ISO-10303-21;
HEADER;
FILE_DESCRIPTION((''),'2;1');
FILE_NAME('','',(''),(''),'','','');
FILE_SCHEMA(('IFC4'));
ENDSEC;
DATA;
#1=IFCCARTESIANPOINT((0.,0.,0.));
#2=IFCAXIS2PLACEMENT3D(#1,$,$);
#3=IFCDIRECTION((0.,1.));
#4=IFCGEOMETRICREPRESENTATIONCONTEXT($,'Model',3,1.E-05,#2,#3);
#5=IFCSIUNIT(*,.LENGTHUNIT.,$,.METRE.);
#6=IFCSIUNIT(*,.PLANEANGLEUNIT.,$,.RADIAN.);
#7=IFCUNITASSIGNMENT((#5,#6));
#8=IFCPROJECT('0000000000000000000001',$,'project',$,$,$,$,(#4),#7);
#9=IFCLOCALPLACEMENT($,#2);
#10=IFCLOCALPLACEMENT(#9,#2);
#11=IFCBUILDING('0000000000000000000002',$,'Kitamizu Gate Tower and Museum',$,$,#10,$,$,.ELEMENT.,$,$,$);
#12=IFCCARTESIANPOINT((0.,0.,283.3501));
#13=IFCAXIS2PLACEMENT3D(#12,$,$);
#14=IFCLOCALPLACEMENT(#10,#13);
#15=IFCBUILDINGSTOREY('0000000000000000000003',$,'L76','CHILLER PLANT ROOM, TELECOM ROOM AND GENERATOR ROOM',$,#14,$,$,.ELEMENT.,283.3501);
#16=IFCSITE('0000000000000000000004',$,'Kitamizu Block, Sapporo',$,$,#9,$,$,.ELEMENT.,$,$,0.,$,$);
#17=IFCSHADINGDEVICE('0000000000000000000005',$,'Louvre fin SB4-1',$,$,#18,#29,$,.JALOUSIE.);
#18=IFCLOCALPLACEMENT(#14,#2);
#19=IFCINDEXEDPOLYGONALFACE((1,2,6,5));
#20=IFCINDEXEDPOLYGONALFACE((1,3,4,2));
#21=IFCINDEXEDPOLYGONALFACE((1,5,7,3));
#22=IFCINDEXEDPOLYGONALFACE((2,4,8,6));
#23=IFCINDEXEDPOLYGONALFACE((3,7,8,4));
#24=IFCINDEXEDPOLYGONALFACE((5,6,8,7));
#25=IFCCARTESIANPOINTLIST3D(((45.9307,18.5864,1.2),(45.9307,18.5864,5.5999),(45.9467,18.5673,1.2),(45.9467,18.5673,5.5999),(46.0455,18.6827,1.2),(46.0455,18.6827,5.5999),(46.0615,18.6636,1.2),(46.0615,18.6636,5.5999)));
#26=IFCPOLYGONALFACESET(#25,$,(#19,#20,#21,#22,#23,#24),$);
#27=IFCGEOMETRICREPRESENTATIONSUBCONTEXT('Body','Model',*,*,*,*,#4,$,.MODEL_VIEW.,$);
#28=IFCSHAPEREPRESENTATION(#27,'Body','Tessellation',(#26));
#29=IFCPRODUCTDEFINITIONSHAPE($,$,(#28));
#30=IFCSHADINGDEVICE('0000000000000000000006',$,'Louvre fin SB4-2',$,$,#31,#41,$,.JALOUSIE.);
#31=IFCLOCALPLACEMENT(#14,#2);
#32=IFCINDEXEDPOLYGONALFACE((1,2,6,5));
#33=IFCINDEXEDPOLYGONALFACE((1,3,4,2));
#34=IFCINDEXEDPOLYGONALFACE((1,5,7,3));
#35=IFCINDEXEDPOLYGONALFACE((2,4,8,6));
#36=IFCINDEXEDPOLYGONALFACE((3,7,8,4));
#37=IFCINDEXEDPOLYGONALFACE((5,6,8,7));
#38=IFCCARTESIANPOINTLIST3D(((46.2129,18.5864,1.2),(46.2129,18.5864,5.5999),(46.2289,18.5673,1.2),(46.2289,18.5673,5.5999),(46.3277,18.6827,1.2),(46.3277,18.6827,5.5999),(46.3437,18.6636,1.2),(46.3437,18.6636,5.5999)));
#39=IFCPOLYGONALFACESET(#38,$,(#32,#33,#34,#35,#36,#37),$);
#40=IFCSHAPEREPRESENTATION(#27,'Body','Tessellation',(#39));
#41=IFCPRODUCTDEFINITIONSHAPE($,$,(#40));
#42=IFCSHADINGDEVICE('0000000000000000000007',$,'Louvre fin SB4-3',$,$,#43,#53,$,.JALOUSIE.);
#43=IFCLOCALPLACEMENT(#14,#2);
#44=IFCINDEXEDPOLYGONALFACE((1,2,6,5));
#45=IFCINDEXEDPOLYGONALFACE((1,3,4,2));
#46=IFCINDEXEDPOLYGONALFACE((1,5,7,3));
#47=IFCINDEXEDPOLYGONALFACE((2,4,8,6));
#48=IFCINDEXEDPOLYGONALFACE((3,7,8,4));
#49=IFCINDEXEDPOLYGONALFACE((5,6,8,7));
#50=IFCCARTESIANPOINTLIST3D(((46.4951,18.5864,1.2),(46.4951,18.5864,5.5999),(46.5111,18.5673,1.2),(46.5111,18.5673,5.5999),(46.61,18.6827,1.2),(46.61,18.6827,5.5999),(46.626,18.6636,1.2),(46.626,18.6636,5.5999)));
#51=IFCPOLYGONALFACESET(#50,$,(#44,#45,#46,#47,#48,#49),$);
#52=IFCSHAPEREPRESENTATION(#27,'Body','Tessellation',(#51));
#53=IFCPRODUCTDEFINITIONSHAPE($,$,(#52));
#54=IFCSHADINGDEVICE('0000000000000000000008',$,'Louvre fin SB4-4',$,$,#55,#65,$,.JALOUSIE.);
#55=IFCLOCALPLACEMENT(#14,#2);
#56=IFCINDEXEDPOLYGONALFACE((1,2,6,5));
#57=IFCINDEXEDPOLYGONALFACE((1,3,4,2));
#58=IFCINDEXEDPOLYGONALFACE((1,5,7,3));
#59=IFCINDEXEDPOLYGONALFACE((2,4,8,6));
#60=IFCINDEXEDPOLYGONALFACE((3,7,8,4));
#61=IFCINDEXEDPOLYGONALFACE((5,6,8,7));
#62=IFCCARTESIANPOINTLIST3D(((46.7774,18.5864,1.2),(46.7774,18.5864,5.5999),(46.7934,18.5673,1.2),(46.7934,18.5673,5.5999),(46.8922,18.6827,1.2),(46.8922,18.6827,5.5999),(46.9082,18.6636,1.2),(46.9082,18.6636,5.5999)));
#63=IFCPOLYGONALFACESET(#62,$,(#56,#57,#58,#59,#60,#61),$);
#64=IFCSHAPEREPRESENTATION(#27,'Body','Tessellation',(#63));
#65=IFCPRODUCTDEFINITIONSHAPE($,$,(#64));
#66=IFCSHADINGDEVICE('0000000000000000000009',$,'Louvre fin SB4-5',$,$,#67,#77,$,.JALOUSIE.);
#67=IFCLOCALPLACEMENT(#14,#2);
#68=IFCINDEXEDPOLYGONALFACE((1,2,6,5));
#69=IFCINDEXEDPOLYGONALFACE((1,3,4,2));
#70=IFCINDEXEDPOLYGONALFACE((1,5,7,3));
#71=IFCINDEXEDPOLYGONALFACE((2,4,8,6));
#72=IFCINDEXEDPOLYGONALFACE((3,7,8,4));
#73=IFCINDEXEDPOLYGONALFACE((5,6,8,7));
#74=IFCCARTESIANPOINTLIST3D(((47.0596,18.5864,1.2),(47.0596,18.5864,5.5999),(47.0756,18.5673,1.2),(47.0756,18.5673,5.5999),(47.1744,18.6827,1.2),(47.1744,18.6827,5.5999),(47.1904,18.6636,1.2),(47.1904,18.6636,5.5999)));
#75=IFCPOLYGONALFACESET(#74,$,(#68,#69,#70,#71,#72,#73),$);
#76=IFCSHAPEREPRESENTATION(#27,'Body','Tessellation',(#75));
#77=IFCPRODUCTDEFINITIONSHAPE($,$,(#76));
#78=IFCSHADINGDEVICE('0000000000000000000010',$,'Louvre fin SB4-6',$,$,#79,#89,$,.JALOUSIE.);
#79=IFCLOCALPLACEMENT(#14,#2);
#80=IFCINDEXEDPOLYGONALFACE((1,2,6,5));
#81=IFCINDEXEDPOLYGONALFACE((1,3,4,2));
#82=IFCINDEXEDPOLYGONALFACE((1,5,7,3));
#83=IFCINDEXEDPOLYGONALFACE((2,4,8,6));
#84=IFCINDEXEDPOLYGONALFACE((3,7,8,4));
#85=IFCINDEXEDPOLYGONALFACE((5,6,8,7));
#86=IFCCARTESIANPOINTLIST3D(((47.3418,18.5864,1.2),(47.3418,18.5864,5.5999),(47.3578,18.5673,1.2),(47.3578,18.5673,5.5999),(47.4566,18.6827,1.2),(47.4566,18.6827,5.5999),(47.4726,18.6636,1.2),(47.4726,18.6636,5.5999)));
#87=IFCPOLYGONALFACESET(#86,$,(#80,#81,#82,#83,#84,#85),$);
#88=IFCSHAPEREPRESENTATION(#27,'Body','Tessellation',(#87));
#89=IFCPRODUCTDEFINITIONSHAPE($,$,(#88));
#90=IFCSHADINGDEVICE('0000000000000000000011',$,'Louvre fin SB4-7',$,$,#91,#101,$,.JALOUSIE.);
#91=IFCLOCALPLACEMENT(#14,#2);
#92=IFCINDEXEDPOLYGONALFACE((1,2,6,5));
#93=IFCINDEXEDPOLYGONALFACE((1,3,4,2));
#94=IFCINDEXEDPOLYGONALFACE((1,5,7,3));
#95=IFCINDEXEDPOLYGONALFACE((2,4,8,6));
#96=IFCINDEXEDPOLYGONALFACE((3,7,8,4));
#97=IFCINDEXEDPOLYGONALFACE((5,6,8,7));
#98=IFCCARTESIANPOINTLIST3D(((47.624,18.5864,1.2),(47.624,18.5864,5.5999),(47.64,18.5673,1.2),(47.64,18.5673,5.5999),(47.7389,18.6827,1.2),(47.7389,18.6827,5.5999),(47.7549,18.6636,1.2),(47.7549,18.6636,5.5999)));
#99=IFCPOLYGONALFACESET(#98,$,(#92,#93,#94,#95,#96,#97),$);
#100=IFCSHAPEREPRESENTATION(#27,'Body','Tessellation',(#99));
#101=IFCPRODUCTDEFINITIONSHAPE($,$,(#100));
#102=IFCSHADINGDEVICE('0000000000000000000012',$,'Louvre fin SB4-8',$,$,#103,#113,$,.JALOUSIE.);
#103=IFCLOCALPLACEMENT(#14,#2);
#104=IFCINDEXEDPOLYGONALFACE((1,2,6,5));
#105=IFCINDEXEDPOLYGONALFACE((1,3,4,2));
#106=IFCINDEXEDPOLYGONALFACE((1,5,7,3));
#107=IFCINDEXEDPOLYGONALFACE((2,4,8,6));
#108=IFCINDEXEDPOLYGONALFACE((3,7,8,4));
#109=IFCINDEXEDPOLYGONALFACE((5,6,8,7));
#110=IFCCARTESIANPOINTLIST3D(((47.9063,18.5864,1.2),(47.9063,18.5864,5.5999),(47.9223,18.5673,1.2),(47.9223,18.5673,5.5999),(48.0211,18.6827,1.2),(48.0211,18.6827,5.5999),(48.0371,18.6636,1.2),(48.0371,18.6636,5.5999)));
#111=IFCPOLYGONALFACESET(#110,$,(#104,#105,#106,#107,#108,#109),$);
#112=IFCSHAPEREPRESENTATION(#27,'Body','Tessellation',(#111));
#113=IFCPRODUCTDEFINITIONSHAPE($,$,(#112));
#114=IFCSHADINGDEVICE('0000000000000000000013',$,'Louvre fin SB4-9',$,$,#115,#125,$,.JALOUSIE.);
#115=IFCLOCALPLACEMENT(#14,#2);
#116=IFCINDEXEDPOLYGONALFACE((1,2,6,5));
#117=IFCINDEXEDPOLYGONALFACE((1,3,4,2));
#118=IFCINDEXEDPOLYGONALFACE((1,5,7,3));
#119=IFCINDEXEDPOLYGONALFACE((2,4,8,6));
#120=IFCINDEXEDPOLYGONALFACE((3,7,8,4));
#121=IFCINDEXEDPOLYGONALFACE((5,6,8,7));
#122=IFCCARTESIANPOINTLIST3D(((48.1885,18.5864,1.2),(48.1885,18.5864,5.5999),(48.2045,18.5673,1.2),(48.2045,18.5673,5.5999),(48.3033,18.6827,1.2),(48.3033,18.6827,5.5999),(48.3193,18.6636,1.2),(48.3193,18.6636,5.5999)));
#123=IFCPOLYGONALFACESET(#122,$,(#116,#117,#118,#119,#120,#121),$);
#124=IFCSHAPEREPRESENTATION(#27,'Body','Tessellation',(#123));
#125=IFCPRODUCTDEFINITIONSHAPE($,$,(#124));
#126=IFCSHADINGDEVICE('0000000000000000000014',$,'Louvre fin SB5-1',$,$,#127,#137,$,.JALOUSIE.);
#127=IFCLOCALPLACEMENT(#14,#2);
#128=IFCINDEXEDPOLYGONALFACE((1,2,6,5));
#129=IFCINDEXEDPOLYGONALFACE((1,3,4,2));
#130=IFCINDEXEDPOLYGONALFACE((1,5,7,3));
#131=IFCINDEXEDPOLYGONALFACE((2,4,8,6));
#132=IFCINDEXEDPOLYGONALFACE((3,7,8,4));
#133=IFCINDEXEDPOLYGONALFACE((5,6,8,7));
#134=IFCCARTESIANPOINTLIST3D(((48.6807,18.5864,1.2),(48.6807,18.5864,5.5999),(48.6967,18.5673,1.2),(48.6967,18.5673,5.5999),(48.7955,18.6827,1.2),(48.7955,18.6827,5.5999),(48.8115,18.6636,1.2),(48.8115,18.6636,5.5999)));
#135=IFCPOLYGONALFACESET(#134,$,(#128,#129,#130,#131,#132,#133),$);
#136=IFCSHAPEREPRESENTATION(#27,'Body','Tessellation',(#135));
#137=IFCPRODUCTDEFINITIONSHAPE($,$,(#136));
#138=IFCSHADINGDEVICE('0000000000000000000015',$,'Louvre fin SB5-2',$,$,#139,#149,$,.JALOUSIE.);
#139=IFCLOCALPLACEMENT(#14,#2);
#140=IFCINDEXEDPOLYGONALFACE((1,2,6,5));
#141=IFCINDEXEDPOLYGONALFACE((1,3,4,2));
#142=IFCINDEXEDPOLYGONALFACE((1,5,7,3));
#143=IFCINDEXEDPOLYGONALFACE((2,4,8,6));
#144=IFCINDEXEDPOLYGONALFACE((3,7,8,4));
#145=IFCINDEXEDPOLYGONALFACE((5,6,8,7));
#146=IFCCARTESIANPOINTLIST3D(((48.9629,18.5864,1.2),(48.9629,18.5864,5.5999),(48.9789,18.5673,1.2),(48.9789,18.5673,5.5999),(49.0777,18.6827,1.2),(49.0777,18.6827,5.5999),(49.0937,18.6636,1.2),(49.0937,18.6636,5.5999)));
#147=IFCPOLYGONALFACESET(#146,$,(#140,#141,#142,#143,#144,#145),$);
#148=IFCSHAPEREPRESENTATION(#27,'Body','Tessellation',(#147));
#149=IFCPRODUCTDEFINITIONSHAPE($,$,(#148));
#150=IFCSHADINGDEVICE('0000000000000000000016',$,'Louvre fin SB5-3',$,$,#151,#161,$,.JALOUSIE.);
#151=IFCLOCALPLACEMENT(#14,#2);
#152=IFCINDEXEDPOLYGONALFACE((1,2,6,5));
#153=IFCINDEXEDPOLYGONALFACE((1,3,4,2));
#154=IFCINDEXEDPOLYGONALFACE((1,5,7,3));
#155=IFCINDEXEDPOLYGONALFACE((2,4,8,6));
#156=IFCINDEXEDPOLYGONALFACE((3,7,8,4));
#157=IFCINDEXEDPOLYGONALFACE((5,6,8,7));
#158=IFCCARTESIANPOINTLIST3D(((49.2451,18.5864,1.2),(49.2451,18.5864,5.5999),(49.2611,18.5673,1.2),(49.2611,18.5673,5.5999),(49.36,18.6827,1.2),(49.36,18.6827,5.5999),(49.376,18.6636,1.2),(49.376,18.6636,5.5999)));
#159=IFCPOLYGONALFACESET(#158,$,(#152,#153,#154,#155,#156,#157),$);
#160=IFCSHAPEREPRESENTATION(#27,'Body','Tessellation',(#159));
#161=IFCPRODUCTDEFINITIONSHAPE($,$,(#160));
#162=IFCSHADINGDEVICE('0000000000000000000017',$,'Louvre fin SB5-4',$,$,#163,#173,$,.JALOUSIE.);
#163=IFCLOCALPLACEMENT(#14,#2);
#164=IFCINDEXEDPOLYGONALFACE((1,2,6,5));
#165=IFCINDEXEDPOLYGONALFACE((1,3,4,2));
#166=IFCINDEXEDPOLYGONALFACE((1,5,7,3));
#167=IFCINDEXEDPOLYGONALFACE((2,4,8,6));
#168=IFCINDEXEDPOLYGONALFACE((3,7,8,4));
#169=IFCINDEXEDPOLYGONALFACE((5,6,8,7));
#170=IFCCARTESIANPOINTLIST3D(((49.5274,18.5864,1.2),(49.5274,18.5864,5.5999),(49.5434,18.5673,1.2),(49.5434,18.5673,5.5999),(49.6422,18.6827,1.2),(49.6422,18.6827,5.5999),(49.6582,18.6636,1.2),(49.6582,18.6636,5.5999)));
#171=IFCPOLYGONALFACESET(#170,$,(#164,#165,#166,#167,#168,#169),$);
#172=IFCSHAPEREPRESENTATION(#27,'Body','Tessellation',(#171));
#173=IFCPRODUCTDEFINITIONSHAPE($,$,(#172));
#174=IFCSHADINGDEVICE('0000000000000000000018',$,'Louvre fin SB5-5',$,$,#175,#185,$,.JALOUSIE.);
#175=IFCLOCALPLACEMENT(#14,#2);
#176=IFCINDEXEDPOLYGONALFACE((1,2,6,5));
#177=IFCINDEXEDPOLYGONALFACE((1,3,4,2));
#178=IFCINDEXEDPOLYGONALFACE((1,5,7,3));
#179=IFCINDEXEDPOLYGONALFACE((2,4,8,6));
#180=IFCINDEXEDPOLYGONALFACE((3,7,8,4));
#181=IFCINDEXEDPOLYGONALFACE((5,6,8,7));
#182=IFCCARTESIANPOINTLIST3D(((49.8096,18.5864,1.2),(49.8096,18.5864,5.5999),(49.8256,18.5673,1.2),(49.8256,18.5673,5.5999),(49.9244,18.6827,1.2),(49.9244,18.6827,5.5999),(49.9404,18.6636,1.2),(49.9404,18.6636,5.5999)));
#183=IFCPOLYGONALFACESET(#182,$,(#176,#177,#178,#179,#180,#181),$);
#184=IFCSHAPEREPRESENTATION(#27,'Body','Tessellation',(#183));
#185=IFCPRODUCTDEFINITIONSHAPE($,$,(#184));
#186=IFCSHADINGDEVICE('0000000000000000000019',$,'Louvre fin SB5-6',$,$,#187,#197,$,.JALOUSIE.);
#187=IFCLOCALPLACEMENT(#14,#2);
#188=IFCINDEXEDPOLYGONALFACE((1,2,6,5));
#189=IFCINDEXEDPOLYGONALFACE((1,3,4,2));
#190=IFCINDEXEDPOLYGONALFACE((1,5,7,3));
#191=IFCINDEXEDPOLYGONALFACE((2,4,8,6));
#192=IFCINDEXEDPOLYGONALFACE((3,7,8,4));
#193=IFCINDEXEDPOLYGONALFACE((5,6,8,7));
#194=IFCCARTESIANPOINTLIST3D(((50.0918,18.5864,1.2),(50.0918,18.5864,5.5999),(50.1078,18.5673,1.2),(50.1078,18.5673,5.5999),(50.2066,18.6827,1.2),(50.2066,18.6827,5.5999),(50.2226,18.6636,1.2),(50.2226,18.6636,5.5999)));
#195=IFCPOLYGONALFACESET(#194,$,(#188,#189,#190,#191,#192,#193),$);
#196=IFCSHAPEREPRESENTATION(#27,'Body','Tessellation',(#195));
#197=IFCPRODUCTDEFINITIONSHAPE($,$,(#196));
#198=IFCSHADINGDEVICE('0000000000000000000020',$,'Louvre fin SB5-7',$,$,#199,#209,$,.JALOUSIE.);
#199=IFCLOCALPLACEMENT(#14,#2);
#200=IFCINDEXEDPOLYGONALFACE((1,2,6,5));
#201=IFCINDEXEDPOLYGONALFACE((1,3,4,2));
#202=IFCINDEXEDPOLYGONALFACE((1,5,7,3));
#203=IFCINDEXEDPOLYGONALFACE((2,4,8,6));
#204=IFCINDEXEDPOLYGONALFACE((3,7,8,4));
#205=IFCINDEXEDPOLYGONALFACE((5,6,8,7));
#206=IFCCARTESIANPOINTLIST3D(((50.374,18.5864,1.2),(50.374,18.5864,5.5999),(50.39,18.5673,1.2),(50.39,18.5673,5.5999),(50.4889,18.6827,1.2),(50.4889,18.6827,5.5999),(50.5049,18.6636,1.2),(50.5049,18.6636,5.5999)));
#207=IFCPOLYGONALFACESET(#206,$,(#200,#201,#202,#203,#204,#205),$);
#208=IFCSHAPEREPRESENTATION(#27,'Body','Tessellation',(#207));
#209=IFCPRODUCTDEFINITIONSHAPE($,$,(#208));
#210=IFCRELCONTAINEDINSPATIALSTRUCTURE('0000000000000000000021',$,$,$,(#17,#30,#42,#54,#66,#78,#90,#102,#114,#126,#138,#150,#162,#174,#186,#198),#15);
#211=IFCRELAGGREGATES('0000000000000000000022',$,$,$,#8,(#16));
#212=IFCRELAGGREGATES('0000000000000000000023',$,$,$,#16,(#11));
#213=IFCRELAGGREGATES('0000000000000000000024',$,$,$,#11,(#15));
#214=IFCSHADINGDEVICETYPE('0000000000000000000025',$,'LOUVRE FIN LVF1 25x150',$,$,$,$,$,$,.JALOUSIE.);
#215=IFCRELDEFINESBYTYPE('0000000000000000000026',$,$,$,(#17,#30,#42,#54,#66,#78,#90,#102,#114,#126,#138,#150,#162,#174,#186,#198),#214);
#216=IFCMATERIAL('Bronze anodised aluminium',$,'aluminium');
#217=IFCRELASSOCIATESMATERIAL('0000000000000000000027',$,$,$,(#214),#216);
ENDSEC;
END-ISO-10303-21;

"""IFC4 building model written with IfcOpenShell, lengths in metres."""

from ifc_helpers import new_model, si_unit, direction, frame, origin, origin_2d, place, context, subcontext, project, spatial, rectangle, extrude, material, material_profile, profile_set, type_object, element, save


model = new_model("IFC4")

# Units and contexts
model_context = context("Model", 3, precision=1e-05, world=origin(), true_north=direction((0.0, 1.0)))
body_context = subcontext(model_context, "Body", "Model", "MODEL_VIEW")
ifc_project = project(units=[si_unit("LENGTHUNIT", "METRE"), si_unit("PLANEANGLEUNIT", "RADIAN")], contexts=[model_context])

# Site, building, storey
site_placement = place(None, origin())
site = spatial("IfcSite", under=ifc_project, at=site_placement, Name="Kitamizu Block, Sapporo", CompositionType="ELEMENT", RefElevation=0.0)
building_placement = place(site_placement, origin())
building = spatial("IfcBuilding", under=site, at=building_placement, Name="Kitamizu Gate Tower and Museum", CompositionType="ELEMENT")
storey_placement = place(building_placement, frame((0.0, 0.0, 283.3501)))
storey = spatial("IfcBuildingStorey", under=building, at=storey_placement, Name="L76", Description="CHILLER PLANT ROOM, TELECOM ROOM AND GENERATOR ROOM", CompositionType="ELEMENT", Elevation=283.3501)

# Shading devices
ifc_material_1 = material(Name="Bronze anodised aluminium", Category="aluminium")
ifc_material_profile_1 = material_profile(ifc_material_1, rectangle(XDim=0.1499, YDim=0.0249, at=origin_2d()), Name="AL 25x150")
ifc_profile_set_1 = profile_set([ifc_material_profile_1], Name="Bronze anodised aluminium")
shading_device_type = type_object("IfcShadingDeviceType", Name="LOUVRE FIN LVF1 25x150", PredefinedType="JALOUSIE", material=ifc_profile_set_1)
for number, where, z_axis, x_axis, name in (
    (1, (45.9961, 18.625, 1.2), (0.0, 0.0, 1.0), (0.766044, 0.642788, 0.0), "Louvre fin SB4-1"),
    (2, (46.2783, 18.625, 1.2), (0.0, 0.0, 1.0), (0.766044, 0.642788, 0.0), "Louvre fin SB4-2"),
    (3, (46.5605, 18.625, 1.2), (0.0, 0.0, 1.0), (0.766044, 0.642788, 0.0), "Louvre fin SB4-3"),
    (4, (46.8428, 18.625, 1.2), (0.0, 0.0, 1.0), (0.766044, 0.642788, 0.0), "Louvre fin SB4-4"),
    (5, (47.125, 18.625, 1.2), (0.0, 0.0, 1.0), (0.766044, 0.642788, 0.0), "Louvre fin SB4-5"),
    (6, (47.4072, 18.625, 1.2), (0.0, 0.0, 1.0), (0.766044, 0.642788, 0.0), "Louvre fin SB4-6"),
    (7, (47.6895, 18.625, 1.2), (0.0, 0.0, 1.0), (0.766044, 0.642788, 0.0), "Louvre fin SB4-7"),
    (8, (47.9717, 18.625, 1.2), (0.0, 0.0, 1.0), (0.766044, 0.642788, 0.0), "Louvre fin SB4-8"),
    (9, (48.2539, 18.625, 1.2), (0.0, 0.0, 1.0), (0.766044, 0.642788, 0.0), "Louvre fin SB4-9"),
    (10, (48.7461, 18.625, 1.2), (0.0, 0.0, 1.0), (0.766044, 0.642788, 0.0), "Louvre fin SB5-1"),
    (11, (49.0283, 18.625, 1.2), (0.0, 0.0, 1.0), (0.766044, 0.642788, 0.0), "Louvre fin SB5-2"),
    (12, (49.3105, 18.625, 1.2), (0.0, 0.0, 1.0), (0.766044, 0.642788, 0.0), "Louvre fin SB5-3"),
    (13, (49.5928, 18.625, 1.2), (0.0, 0.0, 1.0), (0.766044, 0.642788, 0.0), "Louvre fin SB5-4"),
    (14, (49.875, 18.625, 1.2), (0.0, 0.0, 1.0), (0.766044, 0.642788, 0.0), "Louvre fin SB5-5"),
    (15, (50.1572, 18.625, 1.2), (0.0, 0.0, 1.0), (0.766044, 0.642788, 0.0), "Louvre fin SB5-6"),
    (16, (50.4395, 18.625, 1.2), (0.0, 0.0, 1.0), (0.766044, 0.642788, 0.0), "Louvre fin SB5-7"),
):
    element("IfcShadingDevice", number, at=place(storey_placement, frame(where, z_axis=z_axis, x_axis=x_axis)), inside=storey, type_object=shading_device_type, Name=name, PredefinedType="JALOUSIE", context=body_context, shape_type="SweptSolid", body=[
        extrude(rectangle(XDim=0.1499, YDim=0.0249, at=origin_2d()), origin(), (0.0, 0.0, 1.0), 4.3999),
    ])

save(model, "model.ifc")
